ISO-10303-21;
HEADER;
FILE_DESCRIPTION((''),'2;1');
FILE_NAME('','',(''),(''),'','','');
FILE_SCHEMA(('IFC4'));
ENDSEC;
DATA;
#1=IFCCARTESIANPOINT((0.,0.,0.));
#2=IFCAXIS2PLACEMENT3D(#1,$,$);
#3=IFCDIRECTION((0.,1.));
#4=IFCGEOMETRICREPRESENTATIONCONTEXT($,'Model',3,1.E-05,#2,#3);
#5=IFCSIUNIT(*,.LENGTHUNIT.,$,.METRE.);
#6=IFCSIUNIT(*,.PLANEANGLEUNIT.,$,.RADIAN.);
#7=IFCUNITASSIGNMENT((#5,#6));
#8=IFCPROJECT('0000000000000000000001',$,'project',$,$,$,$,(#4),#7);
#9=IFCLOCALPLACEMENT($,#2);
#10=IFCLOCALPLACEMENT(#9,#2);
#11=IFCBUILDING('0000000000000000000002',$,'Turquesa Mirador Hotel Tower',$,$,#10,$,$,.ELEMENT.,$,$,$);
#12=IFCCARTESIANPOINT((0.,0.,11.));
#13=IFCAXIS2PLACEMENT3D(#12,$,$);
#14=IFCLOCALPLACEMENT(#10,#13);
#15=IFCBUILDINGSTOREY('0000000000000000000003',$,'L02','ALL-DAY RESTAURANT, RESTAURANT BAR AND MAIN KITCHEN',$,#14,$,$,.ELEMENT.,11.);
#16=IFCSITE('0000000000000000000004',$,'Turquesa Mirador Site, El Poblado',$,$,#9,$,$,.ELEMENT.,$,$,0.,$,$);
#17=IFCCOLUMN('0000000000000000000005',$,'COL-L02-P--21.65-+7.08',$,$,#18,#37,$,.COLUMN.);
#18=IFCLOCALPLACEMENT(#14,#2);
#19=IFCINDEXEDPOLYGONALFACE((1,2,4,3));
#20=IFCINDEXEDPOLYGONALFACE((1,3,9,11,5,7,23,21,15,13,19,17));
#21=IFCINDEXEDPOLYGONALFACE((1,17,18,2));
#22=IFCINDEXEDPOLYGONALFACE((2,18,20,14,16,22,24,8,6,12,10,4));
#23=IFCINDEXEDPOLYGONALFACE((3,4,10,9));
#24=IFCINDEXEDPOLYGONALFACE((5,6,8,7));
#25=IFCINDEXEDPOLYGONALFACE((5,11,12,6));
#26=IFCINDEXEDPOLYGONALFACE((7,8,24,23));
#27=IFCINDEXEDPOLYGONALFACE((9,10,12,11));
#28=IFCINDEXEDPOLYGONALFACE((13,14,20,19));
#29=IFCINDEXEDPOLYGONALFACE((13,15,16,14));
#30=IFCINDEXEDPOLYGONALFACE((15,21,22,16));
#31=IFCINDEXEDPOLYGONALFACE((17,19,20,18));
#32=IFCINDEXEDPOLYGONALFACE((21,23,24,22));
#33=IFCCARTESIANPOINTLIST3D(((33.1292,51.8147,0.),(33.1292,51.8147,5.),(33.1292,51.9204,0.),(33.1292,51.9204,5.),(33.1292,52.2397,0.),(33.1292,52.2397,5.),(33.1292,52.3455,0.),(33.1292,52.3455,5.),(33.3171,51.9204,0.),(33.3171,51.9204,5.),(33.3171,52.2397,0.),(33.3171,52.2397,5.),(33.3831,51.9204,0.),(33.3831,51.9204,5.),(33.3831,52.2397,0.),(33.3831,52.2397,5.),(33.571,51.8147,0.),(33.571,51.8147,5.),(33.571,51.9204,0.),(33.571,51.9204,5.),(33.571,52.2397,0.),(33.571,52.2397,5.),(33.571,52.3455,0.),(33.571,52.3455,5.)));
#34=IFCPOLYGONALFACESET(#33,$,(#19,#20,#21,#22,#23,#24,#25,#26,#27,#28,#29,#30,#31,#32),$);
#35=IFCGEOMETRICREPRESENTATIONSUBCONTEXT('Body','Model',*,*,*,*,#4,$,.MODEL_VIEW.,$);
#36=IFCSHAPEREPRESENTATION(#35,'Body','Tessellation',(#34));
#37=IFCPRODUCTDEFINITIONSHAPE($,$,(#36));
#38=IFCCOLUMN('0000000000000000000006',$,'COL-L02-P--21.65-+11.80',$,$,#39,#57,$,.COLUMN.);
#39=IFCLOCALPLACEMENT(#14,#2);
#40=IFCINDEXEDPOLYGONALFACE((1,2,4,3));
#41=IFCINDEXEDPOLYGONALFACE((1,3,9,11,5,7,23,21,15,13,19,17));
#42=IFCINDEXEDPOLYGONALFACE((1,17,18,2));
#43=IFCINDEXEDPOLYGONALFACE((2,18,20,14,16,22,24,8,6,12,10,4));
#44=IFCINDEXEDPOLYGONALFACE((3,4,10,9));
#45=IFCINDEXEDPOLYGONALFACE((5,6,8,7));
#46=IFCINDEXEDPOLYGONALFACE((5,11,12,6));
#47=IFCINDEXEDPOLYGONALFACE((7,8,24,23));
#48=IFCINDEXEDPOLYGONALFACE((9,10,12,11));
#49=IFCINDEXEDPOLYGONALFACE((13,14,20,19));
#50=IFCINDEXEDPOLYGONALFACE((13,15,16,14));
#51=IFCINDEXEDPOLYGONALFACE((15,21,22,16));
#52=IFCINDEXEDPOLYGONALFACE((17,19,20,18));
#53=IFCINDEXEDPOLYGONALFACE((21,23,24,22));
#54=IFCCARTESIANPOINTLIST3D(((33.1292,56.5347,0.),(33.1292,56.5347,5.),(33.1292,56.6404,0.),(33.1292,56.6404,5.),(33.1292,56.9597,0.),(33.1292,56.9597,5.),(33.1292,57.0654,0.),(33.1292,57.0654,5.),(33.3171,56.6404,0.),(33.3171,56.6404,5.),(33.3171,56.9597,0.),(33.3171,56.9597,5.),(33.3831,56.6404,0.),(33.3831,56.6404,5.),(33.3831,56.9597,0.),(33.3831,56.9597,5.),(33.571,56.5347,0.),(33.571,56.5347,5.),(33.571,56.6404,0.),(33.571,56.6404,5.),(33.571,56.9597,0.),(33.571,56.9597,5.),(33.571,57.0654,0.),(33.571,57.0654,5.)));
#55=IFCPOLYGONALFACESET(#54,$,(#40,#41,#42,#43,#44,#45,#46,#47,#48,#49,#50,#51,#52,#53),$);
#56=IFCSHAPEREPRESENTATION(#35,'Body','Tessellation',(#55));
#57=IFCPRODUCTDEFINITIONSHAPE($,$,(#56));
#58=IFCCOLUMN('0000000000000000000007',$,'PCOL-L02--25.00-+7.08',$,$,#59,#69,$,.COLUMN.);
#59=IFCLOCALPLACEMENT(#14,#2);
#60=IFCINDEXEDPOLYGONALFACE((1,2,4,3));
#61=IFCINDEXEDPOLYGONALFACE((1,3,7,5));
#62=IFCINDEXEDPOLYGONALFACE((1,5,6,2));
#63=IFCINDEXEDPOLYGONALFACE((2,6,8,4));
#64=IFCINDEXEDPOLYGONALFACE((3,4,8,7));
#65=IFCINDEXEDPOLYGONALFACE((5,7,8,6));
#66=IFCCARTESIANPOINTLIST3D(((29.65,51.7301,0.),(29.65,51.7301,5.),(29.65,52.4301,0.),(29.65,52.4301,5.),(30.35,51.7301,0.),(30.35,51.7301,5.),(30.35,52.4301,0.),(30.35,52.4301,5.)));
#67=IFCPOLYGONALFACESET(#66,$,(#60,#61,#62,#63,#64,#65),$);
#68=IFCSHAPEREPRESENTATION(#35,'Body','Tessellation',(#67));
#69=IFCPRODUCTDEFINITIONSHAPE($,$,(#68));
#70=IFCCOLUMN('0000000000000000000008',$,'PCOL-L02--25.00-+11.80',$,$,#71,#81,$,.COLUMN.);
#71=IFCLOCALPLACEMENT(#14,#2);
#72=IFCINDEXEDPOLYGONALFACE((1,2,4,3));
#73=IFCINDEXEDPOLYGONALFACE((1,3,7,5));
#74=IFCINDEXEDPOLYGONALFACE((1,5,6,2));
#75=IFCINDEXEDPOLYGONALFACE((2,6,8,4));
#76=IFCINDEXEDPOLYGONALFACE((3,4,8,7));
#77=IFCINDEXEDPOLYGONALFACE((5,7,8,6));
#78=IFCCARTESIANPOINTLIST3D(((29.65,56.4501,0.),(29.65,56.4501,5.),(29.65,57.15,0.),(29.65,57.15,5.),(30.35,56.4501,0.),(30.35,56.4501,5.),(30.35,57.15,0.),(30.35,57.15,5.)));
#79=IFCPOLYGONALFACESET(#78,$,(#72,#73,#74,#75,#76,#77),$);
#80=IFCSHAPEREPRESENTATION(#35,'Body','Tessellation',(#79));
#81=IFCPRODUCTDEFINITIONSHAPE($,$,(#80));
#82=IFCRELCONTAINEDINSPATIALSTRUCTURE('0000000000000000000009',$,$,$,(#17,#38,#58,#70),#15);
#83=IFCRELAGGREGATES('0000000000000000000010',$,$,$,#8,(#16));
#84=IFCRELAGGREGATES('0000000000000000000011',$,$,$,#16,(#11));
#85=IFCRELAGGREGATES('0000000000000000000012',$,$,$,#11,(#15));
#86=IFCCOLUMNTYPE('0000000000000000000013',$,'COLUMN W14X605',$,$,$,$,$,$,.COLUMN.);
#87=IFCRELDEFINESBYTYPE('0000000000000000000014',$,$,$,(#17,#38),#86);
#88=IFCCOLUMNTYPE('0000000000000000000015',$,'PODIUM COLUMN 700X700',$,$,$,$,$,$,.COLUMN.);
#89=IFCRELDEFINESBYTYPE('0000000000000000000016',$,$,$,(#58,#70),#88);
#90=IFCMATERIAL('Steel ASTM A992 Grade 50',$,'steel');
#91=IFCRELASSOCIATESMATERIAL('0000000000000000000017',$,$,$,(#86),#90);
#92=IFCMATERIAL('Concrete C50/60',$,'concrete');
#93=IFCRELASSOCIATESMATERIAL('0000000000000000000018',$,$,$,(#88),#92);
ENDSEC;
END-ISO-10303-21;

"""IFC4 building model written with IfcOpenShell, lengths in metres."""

from ifc_helpers import new_model, si_unit, direction, frame, origin, origin_2d, place, context, subcontext, project, spatial, rectangle, i_section, extrude, material, material_profile, profile_set, type_object, element, save


model = new_model("IFC4")

# Units and contexts
model_context = context("Model", 3, precision=1e-05, world=origin(), true_north=direction((0.0, 1.0)))
body_context = subcontext(model_context, "Body", "Model", "MODEL_VIEW")
ifc_project = project(units=[si_unit("LENGTHUNIT", "METRE"), si_unit("PLANEANGLEUNIT", "RADIAN")], contexts=[model_context])

# Site, building, storey
site_placement = place(None, origin())
site = spatial("IfcSite", under=ifc_project, at=site_placement, Name="Turquesa Mirador Site, El Poblado", CompositionType="ELEMENT", RefElevation=0.0)
building_placement = place(site_placement, origin())
building = spatial("IfcBuilding", under=site, at=building_placement, Name="Turquesa Mirador Hotel Tower", CompositionType="ELEMENT")
storey_placement = place(building_placement, frame((0.0, 0.0, 11.0)))
storey = spatial("IfcBuildingStorey", under=building, at=storey_placement, Name="L02", Description="ALL-DAY RESTAURANT, RESTAURANT BAR AND MAIN KITCHEN", CompositionType="ELEMENT", Elevation=11.0)

# Columns
ifc_material_1 = material(Name="Steel ASTM A992 Grade 50", Category="steel")
ifc_material_profile_1 = material_profile(ifc_material_1, i_section(OverallWidth=0.4419, OverallDepth=0.5308, WebThickness=0.0659, FlangeThickness=0.1057, at=origin_2d()), Name="W14X605")
ifc_profile_set_1 = profile_set([ifc_material_profile_1], Name="Steel ASTM A992 Grade 50")
column_type_1 = type_object("IfcColumnType", Name="COLUMN W14X605", PredefinedType="COLUMN", material=ifc_profile_set_1)
for number, where, z_axis, x_axis, name in (
    (1, (33.3501, 52.0801, 0.0), (0.0, 0.0, 1.0), (1.0, 0.0, 0.0), "COL-L02-P--21.65-+7.08"),
    (2, (33.3501, 56.8, 0.0), (0.0, 0.0, 1.0), (1.0, 0.0, 0.0), "COL-L02-P--21.65-+11.80"),
):
    element("IfcColumn", number, at=place(storey_placement, frame(where, z_axis=z_axis, x_axis=x_axis)), inside=storey, type_object=column_type_1, Name=name, PredefinedType="COLUMN", context=body_context, shape_type="SweptSolid", body=[
        extrude(i_section(OverallWidth=0.4419, OverallDepth=0.5308, WebThickness=0.0659, FlangeThickness=0.1057, at=origin_2d()), origin(), (0.0, 0.0, 1.0), 5.0),
    ])
ifc_material_2 = material(Name="Concrete C50/60", Category="concrete")
ifc_material_profile_2 = material_profile(ifc_material_2, rectangle(XDim=0.7, YDim=0.7, at=origin_2d()), Name="RC 700X700")
ifc_profile_set_2 = profile_set([ifc_material_profile_2], Name="Concrete C50/60")
column_type_2 = type_object("IfcColumnType", Name="PODIUM COLUMN 700X700", PredefinedType="COLUMN", material=ifc_profile_set_2)
for number, where, z_axis, x_axis, name in (
    (3, (30.0, 52.0801, 0.0), (0.0, 0.0, 1.0), (1.0, 0.0, 0.0), "PCOL-L02--25.00-+7.08"),
    (4, (30.0, 56.8, 0.0), (0.0, 0.0, 1.0), (1.0, 0.0, 0.0), "PCOL-L02--25.00-+11.80"),
):
    element("IfcColumn", number, at=place(storey_placement, frame(where, z_axis=z_axis, x_axis=x_axis)), inside=storey, type_object=column_type_2, Name=name, PredefinedType="COLUMN", context=body_context, shape_type="SweptSolid", body=[
        extrude(rectangle(XDim=0.7, YDim=0.7, at=origin_2d()), origin(), (0.0, 0.0, 1.0), 5.0),
    ])

save(model, "model.ifc")
